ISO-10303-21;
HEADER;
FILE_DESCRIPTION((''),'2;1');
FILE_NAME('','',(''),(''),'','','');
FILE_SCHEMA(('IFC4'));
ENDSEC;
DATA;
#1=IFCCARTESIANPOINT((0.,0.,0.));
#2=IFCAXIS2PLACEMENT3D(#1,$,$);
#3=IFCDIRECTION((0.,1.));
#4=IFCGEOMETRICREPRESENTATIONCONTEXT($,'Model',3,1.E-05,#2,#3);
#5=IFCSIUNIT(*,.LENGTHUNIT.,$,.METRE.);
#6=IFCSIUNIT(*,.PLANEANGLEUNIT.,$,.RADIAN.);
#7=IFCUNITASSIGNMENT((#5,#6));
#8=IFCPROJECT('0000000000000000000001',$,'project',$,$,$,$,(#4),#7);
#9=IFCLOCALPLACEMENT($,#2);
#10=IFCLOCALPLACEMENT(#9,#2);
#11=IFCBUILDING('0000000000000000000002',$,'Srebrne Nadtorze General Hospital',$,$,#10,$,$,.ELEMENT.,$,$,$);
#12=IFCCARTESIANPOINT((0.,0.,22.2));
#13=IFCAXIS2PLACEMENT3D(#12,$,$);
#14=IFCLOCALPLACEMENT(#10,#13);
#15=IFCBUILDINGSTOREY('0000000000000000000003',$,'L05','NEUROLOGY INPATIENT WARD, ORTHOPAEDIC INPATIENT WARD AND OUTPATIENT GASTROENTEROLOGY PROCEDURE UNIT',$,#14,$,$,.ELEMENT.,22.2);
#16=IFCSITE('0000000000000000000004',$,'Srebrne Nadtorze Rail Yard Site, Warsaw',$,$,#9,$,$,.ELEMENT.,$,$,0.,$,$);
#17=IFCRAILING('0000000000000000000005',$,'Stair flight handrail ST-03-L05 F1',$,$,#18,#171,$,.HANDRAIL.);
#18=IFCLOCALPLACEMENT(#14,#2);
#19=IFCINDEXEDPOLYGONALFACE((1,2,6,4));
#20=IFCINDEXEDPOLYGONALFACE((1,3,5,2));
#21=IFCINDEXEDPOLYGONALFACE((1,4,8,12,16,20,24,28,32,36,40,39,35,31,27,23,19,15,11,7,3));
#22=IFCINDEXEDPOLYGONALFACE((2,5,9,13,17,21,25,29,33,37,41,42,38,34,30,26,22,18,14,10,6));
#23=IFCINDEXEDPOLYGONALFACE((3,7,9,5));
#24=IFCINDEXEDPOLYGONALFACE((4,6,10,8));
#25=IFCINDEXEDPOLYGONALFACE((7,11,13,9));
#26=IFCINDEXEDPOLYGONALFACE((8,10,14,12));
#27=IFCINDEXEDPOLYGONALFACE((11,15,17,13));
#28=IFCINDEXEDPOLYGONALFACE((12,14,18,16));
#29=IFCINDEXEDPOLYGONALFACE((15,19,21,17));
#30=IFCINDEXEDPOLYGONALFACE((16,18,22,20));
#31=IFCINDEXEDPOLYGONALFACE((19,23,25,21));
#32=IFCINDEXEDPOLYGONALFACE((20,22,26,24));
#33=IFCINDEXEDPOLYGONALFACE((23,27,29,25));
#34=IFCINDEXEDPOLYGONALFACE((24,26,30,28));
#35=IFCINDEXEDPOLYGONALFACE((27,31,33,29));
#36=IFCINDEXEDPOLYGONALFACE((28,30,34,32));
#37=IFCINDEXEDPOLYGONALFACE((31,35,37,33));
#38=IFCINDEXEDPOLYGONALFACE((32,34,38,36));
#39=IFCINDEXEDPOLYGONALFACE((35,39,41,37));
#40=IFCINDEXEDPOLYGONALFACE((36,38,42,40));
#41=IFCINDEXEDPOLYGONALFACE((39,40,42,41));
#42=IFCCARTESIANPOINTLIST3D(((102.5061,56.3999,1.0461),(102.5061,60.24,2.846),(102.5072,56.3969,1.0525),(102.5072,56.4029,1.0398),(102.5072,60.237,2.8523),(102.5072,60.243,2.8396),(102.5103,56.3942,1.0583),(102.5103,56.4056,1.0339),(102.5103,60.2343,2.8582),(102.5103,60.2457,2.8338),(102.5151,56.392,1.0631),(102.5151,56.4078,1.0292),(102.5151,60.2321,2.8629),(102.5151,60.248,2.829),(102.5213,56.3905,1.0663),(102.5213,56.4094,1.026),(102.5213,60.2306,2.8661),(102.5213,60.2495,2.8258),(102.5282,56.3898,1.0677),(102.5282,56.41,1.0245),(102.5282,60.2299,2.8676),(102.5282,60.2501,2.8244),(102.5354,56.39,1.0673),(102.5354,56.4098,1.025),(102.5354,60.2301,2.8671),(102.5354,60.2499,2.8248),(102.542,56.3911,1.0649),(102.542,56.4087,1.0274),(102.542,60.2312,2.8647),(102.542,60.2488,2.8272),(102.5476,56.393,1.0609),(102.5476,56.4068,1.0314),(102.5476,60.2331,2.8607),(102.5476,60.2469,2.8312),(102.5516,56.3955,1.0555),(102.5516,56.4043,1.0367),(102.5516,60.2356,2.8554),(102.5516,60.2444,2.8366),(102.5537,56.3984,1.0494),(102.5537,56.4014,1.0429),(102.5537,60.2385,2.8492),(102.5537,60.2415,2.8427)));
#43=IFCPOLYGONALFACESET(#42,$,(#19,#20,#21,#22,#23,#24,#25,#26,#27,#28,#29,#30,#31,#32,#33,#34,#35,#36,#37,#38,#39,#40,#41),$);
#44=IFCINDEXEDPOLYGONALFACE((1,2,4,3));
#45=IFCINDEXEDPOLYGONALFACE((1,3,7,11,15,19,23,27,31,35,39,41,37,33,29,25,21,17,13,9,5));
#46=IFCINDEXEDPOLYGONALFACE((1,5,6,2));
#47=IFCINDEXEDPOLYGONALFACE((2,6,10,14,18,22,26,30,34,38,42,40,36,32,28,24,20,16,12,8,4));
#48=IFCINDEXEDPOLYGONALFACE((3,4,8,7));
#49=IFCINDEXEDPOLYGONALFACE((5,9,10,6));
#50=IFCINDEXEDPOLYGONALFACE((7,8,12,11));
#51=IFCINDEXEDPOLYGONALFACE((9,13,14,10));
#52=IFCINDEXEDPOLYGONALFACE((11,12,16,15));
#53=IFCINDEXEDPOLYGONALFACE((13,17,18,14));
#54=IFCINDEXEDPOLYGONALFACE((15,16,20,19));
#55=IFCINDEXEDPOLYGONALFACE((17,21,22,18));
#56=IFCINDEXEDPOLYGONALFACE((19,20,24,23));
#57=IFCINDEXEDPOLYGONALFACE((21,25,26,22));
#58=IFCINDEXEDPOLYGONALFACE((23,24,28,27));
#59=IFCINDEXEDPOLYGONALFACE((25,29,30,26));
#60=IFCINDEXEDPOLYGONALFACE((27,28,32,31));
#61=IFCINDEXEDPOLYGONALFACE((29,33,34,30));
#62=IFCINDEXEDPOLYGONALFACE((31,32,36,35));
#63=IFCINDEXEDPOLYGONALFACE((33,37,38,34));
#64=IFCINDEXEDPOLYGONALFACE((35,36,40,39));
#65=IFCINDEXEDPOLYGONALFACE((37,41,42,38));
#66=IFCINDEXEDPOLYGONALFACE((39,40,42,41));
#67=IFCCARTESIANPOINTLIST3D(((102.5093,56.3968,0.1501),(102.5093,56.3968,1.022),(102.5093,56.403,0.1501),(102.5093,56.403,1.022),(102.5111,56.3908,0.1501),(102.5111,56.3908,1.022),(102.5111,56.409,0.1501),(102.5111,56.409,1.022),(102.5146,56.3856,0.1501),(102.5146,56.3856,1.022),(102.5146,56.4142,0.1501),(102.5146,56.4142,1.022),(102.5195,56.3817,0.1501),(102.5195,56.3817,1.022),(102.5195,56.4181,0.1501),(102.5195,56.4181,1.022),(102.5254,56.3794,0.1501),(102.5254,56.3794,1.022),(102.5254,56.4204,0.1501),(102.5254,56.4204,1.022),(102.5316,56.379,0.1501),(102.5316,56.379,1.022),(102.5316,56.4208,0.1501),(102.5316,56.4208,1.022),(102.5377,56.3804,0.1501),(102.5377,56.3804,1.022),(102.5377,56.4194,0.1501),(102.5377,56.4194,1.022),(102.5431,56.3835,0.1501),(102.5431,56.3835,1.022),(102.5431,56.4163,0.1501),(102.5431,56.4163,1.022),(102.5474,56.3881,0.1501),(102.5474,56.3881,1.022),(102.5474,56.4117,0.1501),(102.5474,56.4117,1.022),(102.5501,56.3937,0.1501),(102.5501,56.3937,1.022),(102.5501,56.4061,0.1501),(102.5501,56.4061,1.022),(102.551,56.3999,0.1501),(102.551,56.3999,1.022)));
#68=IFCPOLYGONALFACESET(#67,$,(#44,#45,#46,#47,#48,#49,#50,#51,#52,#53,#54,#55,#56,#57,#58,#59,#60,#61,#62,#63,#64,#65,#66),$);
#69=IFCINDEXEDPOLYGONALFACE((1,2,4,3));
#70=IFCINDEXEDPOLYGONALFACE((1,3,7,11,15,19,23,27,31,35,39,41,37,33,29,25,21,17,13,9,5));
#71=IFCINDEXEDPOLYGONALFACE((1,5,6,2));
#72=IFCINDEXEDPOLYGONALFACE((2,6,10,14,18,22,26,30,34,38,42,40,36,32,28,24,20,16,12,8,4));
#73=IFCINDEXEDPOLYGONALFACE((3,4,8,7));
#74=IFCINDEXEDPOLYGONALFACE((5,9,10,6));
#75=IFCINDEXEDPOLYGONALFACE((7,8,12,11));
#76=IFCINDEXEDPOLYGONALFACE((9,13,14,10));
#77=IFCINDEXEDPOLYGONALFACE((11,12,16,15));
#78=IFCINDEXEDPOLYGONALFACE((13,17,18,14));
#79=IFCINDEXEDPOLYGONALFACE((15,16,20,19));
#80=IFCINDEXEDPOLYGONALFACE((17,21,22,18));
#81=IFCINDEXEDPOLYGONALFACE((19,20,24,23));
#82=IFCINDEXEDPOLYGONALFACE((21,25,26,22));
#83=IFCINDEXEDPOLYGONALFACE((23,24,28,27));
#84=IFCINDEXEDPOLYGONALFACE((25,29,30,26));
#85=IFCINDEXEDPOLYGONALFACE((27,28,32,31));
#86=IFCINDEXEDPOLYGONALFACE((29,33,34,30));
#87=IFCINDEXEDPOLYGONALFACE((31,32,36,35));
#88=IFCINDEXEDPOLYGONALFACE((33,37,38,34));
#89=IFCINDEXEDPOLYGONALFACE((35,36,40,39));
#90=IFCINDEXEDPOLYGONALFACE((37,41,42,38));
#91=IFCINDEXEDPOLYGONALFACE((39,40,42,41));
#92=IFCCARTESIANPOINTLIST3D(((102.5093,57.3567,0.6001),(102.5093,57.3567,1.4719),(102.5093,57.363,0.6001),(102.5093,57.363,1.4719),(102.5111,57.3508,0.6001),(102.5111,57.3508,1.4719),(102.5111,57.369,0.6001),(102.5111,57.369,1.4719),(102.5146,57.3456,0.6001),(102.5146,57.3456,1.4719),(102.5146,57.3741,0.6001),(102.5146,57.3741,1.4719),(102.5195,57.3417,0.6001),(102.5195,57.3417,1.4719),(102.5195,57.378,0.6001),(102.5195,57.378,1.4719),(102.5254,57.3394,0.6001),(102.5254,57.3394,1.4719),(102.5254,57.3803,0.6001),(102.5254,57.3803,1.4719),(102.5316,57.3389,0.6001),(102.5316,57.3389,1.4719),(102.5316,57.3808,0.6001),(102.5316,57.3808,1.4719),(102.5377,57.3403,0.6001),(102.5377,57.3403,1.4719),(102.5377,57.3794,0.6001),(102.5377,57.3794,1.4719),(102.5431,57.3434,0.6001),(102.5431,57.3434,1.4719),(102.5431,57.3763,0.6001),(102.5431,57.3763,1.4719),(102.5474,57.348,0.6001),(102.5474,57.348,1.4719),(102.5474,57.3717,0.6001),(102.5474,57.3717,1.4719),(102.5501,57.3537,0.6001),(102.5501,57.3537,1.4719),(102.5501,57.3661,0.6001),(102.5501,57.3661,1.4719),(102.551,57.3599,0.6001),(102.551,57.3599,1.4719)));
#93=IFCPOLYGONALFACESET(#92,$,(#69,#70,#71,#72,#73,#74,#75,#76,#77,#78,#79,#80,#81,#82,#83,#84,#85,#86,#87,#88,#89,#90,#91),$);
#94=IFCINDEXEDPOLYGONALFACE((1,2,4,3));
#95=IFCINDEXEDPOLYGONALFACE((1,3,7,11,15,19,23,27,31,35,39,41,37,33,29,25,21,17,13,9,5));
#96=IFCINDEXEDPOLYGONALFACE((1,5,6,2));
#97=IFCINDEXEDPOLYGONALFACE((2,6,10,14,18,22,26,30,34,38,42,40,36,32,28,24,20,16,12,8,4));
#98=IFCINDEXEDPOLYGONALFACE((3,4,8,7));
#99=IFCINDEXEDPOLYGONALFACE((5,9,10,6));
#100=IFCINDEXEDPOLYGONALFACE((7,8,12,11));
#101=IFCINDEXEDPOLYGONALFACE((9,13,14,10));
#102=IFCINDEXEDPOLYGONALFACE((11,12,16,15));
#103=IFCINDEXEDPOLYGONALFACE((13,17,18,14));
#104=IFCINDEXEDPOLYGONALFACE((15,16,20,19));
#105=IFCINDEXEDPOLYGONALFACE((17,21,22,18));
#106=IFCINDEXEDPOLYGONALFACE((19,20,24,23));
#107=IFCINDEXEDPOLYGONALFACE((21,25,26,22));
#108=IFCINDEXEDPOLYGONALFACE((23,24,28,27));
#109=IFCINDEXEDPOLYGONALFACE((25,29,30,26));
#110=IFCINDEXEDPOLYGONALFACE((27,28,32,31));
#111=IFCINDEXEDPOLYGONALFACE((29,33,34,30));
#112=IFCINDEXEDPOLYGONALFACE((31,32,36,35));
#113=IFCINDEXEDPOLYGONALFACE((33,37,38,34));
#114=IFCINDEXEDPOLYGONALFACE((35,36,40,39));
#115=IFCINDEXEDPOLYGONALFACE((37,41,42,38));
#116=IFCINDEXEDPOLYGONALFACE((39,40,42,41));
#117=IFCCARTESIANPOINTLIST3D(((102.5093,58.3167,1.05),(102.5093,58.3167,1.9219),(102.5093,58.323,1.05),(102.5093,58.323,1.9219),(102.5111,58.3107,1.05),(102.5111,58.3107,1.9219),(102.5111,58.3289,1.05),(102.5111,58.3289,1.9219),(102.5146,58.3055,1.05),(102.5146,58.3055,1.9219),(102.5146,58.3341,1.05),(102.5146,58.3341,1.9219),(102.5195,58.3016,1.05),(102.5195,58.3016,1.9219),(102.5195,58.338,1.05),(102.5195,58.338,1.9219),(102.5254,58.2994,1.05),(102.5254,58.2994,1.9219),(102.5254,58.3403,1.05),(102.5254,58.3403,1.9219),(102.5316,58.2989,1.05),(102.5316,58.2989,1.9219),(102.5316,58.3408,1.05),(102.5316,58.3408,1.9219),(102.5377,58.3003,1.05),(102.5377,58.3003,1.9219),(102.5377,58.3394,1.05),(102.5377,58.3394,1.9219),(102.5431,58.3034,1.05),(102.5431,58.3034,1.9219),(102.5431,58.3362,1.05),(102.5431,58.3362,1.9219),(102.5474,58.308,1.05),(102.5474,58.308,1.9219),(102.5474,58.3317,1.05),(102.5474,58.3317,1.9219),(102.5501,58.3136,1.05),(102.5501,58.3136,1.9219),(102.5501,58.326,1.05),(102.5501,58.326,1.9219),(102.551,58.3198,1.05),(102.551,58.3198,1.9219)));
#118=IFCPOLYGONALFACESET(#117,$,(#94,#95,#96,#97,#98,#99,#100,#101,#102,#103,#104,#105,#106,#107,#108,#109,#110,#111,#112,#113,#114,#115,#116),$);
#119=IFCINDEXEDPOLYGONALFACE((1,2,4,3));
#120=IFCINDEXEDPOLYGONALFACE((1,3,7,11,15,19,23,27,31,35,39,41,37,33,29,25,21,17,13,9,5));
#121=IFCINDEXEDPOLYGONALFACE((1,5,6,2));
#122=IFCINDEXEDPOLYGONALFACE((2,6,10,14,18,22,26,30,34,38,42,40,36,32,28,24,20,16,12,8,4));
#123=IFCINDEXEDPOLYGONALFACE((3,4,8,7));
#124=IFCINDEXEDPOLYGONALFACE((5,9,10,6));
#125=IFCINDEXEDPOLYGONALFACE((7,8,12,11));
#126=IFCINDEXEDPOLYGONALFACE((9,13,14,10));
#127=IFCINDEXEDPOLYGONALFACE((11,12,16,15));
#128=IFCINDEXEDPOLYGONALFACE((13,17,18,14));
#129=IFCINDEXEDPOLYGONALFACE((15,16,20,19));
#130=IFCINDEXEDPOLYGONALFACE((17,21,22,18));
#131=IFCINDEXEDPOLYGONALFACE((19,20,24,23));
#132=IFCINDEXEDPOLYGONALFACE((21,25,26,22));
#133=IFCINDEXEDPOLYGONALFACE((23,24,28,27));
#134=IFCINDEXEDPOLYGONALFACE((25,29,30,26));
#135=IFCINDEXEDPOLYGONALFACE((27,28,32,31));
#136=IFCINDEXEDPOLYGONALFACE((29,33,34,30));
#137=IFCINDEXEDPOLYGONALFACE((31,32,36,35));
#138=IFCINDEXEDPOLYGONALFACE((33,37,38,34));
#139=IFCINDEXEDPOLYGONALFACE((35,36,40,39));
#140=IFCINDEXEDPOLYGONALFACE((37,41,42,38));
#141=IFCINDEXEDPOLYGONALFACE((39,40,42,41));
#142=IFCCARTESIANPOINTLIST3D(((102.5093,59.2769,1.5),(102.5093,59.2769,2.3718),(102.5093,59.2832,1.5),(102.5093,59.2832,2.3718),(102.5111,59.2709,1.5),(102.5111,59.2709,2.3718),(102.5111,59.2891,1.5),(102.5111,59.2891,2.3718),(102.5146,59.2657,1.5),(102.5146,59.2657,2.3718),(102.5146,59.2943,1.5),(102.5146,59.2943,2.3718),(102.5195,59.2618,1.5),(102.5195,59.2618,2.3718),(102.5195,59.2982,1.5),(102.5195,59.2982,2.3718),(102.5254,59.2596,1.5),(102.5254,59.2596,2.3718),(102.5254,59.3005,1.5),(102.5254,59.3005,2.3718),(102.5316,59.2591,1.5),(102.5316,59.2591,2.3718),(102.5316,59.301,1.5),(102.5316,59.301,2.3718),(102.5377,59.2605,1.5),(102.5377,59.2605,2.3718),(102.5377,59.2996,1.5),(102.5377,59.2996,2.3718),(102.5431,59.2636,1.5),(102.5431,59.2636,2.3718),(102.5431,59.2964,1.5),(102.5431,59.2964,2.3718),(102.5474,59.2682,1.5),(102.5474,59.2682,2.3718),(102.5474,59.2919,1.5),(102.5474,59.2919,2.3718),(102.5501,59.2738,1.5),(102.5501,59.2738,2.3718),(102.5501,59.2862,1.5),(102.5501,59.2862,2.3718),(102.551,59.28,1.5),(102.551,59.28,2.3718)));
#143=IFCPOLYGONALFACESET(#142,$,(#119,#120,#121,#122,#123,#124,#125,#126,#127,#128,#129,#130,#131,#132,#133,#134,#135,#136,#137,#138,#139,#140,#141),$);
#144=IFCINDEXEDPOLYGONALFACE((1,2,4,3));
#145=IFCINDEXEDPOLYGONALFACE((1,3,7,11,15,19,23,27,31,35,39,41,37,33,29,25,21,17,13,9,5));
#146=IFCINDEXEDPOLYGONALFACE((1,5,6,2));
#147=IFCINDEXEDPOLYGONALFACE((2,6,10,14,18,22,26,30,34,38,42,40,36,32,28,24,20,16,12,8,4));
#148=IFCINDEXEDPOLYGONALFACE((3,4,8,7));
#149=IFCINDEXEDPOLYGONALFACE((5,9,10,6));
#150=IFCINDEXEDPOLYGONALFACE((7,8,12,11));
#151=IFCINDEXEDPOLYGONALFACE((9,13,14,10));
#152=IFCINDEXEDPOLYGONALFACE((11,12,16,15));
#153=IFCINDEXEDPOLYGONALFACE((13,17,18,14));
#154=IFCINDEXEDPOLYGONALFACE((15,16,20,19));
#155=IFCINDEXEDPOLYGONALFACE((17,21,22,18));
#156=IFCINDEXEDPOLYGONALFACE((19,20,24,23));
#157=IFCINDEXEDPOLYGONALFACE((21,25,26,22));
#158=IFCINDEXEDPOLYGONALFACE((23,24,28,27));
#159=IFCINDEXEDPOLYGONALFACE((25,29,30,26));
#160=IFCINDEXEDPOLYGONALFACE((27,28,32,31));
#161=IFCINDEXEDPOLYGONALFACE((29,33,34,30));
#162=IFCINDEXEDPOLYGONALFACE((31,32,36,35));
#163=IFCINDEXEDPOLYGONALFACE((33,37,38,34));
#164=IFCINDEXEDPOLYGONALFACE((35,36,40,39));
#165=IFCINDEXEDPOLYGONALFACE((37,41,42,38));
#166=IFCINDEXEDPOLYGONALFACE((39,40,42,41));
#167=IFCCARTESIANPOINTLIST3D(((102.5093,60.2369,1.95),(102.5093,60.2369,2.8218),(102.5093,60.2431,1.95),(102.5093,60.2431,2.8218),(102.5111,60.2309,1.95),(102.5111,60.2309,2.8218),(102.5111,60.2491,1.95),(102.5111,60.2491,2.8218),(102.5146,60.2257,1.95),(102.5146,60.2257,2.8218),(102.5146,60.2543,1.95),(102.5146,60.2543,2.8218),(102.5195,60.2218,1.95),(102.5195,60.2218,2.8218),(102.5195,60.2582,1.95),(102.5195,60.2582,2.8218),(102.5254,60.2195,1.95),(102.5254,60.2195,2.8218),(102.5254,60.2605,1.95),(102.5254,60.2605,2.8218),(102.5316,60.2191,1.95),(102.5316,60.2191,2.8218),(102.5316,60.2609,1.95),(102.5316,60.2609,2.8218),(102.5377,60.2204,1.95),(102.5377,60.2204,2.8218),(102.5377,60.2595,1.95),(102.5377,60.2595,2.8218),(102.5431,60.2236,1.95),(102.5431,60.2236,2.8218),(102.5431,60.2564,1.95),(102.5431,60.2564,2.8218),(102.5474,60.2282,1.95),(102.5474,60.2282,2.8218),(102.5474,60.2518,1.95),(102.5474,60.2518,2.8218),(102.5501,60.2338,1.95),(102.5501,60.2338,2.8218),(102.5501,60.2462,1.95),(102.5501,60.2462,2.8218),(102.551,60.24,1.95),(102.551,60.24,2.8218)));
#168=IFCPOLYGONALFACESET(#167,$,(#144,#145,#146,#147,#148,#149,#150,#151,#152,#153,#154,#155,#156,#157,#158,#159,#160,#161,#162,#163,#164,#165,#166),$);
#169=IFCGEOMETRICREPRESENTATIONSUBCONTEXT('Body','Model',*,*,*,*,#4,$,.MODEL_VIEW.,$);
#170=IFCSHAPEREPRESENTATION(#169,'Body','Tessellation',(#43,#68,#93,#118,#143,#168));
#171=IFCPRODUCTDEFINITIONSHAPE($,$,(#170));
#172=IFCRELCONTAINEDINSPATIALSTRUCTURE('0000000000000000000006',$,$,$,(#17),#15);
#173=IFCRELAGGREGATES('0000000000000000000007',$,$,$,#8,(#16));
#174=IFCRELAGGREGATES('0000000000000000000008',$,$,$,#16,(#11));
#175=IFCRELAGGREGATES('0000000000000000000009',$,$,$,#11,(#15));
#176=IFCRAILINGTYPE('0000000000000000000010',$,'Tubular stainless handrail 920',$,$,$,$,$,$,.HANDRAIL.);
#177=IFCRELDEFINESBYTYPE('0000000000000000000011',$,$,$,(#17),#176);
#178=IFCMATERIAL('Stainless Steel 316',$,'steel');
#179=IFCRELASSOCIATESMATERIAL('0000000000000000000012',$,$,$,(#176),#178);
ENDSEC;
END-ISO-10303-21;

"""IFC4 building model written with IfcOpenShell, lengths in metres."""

from ifc_helpers import new_model, si_unit, direction, frame, origin, origin_2d, place, context, subcontext, project, spatial, circle, extrude, material, type_object, element, save


model = new_model("IFC4")

# Units and contexts
model_context = context("Model", 3, precision=1e-05, world=origin(), true_north=direction((0.0, 1.0)))
body_context = subcontext(model_context, "Body", "Model", "MODEL_VIEW")
ifc_project = project(units=[si_unit("LENGTHUNIT", "METRE"), si_unit("PLANEANGLEUNIT", "RADIAN")], contexts=[model_context])

# Site, building, storey
site_placement = place(None, origin())
site = spatial("IfcSite", under=ifc_project, at=site_placement, Name="Srebrne Nadtorze Rail Yard Site, Warsaw", CompositionType="ELEMENT", RefElevation=0.0)
building_placement = place(site_placement, origin())
building = spatial("IfcBuilding", under=site, at=building_placement, Name="Srebrne Nadtorze General Hospital", CompositionType="ELEMENT")
storey_placement = place(building_placement, frame((0.0, 0.0, 22.2)))
storey = spatial("IfcBuildingStorey", under=building, at=storey_placement, Name="L05", Description="NEUROLOGY INPATIENT WARD, ORTHOPAEDIC INPATIENT WARD AND OUTPATIENT GASTROENTEROLOGY PROCEDURE UNIT", CompositionType="ELEMENT", Elevation=22.2)

# Railing
ifc_material_1 = material(Name="Stainless Steel 316", Category="steel")
railing_type = type_object("IfcRailingType", Name="Tubular stainless handrail 920", PredefinedType="HANDRAIL", material=ifc_material_1)
railing_placement = place(storey_placement, frame((102.53, 56.3999, 0.1501)))
element("IfcRailing", 1, at=railing_placement, inside=storey, type_object=railing_type, Name="Stair flight handrail ST-03-L05 F1", PredefinedType="HANDRAIL", context=body_context, shape_type="SweptSolid", body=[
    extrude(circle(Radius=0.0239, at=origin_2d()), frame((0.0, 0.0, 0.896), z_axis=(0.0, 0.90548, 0.424388), x_axis=(-1.0, 0.0, 0.0)), (0.0, 0.0, 1.0), 4.241),
    extrude(circle(Radius=0.021, at=origin_2d()), origin(), (0.0, 0.0, 1.0), 0.8718),
    extrude(circle(Radius=0.021, at=origin_2d()), frame((0.0, 0.96, 0.45)), (0.0, 0.0, 1.0), 0.8718),
    extrude(circle(Radius=0.021, at=origin_2d()), frame((0.0, 1.9199, 0.8999)), (0.0, 0.0, 1.0), 0.8718),
    extrude(circle(Radius=0.021, at=origin_2d()), frame((0.0, 2.8801, 1.3499)), (0.0, 0.0, 1.0), 0.8718),
    extrude(circle(Radius=0.021, at=origin_2d()), frame((0.0, 3.8401, 1.7998)), (0.0, 0.0, 1.0), 0.8718),
])

save(model, "model.ifc")
